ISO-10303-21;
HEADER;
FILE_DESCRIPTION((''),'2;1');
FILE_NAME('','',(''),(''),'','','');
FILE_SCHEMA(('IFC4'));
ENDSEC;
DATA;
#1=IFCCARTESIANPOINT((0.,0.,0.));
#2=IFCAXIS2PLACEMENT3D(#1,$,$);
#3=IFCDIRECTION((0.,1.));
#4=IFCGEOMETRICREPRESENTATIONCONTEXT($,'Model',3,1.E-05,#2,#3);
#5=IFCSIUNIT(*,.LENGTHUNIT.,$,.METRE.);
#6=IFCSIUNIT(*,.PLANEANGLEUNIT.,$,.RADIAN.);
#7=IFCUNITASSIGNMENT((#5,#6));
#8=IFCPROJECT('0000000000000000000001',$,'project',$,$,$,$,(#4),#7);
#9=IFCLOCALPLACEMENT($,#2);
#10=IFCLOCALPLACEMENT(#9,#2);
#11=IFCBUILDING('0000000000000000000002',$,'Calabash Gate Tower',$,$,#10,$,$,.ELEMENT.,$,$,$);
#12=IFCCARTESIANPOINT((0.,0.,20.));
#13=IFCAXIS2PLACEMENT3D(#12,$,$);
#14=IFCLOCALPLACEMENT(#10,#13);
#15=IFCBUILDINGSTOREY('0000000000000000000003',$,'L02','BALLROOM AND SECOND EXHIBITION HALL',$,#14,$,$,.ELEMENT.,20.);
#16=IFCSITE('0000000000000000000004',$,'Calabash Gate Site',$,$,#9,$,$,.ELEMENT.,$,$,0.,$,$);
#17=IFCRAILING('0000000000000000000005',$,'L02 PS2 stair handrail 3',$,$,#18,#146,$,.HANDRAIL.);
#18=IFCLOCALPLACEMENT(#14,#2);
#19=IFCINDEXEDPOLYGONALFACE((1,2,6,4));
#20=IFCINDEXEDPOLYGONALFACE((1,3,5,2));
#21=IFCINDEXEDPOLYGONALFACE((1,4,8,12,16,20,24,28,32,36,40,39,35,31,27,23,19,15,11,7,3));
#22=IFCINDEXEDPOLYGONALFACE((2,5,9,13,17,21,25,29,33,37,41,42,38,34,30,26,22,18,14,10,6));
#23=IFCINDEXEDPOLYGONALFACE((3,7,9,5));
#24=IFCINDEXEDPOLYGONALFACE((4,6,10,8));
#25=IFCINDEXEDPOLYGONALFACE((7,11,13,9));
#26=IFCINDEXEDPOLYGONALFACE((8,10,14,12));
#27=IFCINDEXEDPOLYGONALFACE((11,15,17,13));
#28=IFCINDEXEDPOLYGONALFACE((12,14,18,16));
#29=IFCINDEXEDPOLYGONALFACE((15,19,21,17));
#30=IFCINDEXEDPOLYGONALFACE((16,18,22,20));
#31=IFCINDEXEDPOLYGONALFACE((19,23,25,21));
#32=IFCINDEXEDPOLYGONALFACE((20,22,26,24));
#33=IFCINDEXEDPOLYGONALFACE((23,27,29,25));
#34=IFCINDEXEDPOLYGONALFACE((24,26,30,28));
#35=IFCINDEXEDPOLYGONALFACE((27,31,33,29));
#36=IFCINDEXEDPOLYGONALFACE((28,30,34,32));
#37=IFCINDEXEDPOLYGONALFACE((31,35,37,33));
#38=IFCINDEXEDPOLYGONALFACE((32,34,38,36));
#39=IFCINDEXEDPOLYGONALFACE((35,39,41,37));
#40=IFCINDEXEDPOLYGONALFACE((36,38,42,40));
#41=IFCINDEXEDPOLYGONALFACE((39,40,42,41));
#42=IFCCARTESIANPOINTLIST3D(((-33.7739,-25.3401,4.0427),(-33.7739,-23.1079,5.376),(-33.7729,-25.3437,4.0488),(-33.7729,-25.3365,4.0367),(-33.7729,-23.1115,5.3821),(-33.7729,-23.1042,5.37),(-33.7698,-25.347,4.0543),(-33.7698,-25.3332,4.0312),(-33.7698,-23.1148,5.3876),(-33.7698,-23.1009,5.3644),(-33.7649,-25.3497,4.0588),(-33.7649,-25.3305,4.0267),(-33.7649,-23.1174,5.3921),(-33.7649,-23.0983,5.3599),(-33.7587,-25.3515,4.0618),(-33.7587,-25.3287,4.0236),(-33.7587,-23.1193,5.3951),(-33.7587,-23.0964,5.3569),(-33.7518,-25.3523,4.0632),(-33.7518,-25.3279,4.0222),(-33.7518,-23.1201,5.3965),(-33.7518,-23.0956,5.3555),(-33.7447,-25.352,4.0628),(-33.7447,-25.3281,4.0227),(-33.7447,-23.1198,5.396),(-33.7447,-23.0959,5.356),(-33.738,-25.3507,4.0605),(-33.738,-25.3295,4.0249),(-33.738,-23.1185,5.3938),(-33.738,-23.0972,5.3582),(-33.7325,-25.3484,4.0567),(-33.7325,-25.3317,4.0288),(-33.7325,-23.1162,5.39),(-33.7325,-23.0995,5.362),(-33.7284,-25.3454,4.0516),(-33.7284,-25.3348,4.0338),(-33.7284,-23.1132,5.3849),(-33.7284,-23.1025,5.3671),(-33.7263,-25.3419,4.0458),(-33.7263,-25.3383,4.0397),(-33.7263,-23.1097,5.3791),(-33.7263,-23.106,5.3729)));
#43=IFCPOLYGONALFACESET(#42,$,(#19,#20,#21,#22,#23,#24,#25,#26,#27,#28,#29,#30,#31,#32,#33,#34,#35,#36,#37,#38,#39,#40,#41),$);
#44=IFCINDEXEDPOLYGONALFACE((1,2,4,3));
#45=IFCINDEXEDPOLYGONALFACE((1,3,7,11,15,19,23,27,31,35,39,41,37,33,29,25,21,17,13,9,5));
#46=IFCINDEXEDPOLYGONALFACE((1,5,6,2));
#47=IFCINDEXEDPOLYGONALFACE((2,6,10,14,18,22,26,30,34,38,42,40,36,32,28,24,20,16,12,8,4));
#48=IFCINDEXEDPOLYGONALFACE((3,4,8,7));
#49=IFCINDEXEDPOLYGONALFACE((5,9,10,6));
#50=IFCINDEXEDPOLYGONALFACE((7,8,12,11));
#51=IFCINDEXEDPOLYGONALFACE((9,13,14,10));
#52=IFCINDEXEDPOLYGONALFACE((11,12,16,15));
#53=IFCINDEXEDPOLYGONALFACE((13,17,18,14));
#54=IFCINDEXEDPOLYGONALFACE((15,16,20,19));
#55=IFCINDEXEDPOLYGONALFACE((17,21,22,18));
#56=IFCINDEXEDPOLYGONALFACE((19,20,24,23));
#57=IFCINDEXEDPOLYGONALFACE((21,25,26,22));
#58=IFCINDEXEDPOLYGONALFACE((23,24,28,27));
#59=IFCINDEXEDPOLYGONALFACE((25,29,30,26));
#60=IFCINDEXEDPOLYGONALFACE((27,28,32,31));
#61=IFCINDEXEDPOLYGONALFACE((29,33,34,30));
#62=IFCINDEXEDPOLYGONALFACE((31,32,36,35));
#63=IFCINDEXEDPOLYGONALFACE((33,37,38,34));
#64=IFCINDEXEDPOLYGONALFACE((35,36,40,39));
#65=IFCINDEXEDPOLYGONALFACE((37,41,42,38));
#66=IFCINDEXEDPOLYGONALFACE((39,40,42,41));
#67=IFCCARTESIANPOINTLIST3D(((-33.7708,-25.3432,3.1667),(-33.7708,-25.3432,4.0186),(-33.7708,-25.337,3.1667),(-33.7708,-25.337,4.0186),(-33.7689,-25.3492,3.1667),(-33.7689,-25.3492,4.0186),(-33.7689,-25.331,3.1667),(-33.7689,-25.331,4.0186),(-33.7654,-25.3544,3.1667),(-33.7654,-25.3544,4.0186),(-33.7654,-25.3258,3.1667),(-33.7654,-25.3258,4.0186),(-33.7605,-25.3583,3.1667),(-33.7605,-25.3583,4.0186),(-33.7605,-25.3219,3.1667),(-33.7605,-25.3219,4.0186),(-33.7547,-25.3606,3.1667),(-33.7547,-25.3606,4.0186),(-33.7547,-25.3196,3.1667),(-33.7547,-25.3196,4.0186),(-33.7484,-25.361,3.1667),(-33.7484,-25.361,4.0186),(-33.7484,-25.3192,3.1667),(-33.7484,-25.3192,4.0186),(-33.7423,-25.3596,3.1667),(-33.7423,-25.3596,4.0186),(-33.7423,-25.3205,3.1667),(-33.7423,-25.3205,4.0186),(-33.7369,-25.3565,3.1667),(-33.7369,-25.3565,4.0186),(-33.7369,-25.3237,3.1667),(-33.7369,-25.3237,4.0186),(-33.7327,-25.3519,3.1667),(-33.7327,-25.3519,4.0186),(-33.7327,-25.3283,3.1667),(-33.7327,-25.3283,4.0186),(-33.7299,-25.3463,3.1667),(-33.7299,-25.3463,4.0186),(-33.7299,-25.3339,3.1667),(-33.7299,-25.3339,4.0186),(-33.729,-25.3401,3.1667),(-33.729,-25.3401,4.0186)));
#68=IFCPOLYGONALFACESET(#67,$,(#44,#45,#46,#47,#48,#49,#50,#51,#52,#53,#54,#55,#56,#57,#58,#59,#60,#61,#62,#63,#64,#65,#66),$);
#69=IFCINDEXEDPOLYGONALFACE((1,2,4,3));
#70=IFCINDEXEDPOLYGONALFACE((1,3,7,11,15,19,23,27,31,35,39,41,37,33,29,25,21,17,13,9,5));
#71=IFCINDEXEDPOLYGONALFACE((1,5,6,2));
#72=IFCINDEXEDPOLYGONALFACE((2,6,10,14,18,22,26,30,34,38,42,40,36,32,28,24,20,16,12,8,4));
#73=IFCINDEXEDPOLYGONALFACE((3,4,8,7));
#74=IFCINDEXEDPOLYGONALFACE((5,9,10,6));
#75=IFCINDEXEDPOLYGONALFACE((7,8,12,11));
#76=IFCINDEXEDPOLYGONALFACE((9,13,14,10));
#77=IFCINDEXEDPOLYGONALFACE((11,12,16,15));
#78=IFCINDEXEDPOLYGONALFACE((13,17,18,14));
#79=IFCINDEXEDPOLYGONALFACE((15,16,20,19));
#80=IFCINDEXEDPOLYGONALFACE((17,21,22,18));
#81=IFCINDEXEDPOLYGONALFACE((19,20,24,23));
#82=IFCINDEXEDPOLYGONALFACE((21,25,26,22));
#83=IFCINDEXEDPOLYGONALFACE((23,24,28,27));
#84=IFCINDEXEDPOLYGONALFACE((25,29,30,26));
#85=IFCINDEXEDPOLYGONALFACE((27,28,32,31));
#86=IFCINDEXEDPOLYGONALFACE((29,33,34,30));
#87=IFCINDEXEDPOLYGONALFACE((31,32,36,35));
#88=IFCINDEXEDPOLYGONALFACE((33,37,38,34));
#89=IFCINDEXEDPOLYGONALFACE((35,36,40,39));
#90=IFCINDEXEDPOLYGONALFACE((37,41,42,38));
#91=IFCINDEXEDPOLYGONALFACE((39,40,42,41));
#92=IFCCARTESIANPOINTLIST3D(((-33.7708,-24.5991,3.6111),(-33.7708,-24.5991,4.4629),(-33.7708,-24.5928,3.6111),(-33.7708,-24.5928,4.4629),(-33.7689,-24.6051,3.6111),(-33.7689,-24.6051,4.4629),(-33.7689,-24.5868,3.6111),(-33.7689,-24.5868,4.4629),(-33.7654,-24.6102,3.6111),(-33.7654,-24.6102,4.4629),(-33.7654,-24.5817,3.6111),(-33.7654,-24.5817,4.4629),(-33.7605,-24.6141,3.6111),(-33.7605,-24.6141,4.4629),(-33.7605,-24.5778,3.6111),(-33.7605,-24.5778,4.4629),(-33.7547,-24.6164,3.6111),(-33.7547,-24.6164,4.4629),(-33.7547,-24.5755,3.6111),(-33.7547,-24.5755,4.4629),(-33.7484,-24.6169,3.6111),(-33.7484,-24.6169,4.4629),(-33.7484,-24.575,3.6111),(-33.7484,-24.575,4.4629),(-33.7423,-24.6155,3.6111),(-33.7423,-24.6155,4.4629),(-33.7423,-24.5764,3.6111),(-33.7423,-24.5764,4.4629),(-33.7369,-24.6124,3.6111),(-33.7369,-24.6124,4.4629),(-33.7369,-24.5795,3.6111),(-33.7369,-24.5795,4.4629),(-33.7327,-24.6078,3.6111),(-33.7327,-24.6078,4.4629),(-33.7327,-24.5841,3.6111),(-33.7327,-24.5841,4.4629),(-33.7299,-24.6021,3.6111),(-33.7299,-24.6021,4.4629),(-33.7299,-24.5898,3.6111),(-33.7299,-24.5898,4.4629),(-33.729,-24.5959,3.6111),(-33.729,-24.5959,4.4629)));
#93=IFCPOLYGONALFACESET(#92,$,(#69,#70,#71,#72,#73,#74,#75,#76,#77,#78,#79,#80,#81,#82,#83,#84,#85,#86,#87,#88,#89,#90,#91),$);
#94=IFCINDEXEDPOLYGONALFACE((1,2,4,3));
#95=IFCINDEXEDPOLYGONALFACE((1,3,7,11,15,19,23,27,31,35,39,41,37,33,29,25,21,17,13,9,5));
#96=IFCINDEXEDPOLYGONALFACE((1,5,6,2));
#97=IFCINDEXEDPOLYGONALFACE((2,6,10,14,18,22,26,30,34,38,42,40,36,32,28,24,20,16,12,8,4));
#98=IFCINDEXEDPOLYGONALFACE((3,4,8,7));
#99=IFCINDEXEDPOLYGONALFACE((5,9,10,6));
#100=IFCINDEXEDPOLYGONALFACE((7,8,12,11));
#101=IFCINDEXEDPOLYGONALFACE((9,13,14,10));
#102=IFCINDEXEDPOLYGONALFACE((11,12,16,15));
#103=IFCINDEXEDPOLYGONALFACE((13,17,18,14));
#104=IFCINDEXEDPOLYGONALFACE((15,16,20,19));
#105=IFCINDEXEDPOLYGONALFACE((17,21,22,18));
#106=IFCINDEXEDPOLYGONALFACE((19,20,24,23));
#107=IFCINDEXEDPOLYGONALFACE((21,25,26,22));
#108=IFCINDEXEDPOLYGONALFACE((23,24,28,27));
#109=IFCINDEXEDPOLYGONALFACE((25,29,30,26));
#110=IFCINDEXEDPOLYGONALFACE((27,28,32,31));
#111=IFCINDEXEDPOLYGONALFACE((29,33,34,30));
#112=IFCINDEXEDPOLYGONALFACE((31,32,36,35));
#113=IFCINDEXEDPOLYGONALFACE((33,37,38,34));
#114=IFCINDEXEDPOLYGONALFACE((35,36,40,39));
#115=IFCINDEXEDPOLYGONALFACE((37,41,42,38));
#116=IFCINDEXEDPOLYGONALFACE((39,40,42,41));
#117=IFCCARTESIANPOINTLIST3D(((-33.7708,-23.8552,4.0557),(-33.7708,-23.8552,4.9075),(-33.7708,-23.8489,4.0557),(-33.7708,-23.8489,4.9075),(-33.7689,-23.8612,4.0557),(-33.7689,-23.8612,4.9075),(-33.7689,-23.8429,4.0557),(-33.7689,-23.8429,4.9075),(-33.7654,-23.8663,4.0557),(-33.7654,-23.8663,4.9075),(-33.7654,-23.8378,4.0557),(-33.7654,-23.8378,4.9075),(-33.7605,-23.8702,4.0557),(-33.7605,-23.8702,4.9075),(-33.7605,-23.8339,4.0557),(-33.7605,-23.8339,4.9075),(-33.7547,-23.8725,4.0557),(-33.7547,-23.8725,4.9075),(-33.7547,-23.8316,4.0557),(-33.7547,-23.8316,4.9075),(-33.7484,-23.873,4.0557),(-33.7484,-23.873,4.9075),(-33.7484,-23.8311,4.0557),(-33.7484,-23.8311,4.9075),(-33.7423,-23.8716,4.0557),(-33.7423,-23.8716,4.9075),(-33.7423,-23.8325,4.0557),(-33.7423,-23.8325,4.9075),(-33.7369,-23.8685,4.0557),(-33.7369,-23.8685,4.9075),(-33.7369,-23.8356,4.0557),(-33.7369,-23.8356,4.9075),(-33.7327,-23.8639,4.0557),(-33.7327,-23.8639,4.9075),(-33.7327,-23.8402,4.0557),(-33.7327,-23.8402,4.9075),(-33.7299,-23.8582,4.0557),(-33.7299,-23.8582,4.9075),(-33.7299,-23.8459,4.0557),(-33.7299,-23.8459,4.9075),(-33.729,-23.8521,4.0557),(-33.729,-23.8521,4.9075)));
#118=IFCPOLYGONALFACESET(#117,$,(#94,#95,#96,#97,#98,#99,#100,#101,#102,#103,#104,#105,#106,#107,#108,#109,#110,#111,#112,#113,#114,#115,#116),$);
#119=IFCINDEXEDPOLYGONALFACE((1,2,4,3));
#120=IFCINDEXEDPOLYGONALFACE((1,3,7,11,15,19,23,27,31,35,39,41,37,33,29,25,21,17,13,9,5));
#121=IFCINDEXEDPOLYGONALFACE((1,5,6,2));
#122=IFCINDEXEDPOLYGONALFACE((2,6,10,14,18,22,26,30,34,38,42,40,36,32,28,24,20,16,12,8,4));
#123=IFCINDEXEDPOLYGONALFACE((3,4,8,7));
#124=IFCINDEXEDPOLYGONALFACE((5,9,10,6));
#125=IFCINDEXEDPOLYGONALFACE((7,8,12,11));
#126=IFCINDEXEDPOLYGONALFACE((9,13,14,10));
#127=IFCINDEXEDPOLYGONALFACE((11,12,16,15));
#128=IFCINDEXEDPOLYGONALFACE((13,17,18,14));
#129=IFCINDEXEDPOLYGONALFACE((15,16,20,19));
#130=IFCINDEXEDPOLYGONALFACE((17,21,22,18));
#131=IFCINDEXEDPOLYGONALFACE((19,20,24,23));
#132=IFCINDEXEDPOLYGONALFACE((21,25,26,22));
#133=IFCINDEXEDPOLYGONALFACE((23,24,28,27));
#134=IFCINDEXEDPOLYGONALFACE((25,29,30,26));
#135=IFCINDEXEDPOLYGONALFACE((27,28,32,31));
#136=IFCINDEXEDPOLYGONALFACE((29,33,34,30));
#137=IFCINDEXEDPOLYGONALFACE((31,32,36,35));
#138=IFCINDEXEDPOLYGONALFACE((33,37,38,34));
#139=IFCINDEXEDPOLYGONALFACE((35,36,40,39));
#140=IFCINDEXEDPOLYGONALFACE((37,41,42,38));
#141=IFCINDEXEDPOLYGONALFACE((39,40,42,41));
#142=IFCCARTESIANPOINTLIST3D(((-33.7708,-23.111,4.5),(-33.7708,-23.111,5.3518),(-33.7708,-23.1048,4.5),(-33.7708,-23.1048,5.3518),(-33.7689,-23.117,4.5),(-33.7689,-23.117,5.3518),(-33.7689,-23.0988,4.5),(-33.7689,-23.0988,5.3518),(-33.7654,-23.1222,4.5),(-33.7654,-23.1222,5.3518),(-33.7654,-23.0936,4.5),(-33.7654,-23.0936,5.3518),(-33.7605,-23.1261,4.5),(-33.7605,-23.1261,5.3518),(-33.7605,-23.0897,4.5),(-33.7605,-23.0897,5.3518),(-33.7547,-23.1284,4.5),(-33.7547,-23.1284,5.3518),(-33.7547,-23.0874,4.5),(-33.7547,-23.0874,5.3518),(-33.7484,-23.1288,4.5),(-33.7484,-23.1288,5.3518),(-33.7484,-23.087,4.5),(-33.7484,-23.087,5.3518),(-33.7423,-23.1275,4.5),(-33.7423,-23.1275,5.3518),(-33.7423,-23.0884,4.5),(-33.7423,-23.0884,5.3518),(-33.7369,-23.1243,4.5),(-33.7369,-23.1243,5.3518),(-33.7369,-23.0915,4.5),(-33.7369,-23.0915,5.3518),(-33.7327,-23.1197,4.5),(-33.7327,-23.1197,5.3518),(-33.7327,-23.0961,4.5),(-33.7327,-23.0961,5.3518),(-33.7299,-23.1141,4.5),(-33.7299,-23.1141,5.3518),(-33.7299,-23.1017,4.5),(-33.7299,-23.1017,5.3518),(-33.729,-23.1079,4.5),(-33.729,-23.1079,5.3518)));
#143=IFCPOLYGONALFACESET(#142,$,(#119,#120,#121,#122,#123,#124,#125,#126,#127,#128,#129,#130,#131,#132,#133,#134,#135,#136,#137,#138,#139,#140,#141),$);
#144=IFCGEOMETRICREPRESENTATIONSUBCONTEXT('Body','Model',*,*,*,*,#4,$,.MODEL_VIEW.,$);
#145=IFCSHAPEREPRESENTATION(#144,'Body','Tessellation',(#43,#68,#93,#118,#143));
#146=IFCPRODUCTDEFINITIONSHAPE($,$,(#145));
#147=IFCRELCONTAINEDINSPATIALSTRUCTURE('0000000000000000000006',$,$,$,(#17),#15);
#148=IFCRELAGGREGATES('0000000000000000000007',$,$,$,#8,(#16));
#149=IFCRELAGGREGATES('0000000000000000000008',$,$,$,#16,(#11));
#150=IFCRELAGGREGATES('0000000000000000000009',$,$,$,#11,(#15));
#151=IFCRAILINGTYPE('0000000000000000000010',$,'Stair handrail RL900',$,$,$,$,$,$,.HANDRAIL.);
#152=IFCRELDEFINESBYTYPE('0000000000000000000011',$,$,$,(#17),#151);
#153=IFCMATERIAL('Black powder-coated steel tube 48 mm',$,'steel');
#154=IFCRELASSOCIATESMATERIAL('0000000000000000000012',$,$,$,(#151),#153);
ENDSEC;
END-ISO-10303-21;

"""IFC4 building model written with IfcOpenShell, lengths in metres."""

from ifc_helpers import new_model, si_unit, direction, frame, origin, origin_2d, place, context, subcontext, project, spatial, circle, extrude, material, type_object, element, save


model = new_model("IFC4")

# Units and contexts
model_context = context("Model", 3, precision=1e-05, world=origin(), true_north=direction((0.0, 1.0)))
body_context = subcontext(model_context, "Body", "Model", "MODEL_VIEW")
ifc_project = project(units=[si_unit("LENGTHUNIT", "METRE"), si_unit("PLANEANGLEUNIT", "RADIAN")], contexts=[model_context])

# Site, building, storey
site_placement = place(None, origin())
site = spatial("IfcSite", under=ifc_project, at=site_placement, Name="Calabash Gate Site", CompositionType="ELEMENT", RefElevation=0.0)
building_placement = place(site_placement, origin())
building = spatial("IfcBuilding", under=site, at=building_placement, Name="Calabash Gate Tower", CompositionType="ELEMENT")
storey_placement = place(building_placement, frame((0.0, 0.0, 20.0)))
storey = spatial("IfcBuildingStorey", under=building, at=storey_placement, Name="L02", Description="BALLROOM AND SECOND EXHIBITION HALL", CompositionType="ELEMENT", Elevation=20.0)

# Railing
ifc_material_1 = material(Name="Black powder-coated steel tube 48 mm", Category="steel")
railing_type_1 = type_object("IfcRailingType", Name="Stair handrail RL900", PredefinedType="HANDRAIL", material=ifc_material_1)
for number, where, name in (
    (1, (-33.75, -25.3401, 3.1667), "L02 PS2 stair handrail 3"),
):
    element("IfcRailing", number, at=place(storey_placement, frame(where)), inside=storey, type_object=railing_type_1, Name=name, PredefinedType="HANDRAIL", context=body_context, shape_type="SweptSolid", body=[
        extrude(circle(Radius=0.0239, at=origin_2d()), frame((0.0, 0.0, 0.876), z_axis=(0.0, 0.858519, 0.512782), x_axis=(-1.0, 0.0, 0.0)), (0.0, 0.0, 1.0), 2.6001),
        extrude(circle(Radius=0.021, at=origin_2d()), origin(), (0.0, 0.0, 1.0), 0.8518),
        extrude(circle(Radius=0.021, at=origin_2d()), frame((0.0, 0.7441, 0.4443)), (0.0, 0.0, 1.0), 0.8518),
        extrude(circle(Radius=0.021, at=origin_2d()), frame((0.0, 1.488, 0.8889)), (0.0, 0.0, 1.0), 0.8518),
        extrude(circle(Radius=0.021, at=origin_2d()), frame((0.0, 2.2322, 1.3333)), (0.0, 0.0, 1.0), 0.8518),
    ])

save(model, "model.ifc")
